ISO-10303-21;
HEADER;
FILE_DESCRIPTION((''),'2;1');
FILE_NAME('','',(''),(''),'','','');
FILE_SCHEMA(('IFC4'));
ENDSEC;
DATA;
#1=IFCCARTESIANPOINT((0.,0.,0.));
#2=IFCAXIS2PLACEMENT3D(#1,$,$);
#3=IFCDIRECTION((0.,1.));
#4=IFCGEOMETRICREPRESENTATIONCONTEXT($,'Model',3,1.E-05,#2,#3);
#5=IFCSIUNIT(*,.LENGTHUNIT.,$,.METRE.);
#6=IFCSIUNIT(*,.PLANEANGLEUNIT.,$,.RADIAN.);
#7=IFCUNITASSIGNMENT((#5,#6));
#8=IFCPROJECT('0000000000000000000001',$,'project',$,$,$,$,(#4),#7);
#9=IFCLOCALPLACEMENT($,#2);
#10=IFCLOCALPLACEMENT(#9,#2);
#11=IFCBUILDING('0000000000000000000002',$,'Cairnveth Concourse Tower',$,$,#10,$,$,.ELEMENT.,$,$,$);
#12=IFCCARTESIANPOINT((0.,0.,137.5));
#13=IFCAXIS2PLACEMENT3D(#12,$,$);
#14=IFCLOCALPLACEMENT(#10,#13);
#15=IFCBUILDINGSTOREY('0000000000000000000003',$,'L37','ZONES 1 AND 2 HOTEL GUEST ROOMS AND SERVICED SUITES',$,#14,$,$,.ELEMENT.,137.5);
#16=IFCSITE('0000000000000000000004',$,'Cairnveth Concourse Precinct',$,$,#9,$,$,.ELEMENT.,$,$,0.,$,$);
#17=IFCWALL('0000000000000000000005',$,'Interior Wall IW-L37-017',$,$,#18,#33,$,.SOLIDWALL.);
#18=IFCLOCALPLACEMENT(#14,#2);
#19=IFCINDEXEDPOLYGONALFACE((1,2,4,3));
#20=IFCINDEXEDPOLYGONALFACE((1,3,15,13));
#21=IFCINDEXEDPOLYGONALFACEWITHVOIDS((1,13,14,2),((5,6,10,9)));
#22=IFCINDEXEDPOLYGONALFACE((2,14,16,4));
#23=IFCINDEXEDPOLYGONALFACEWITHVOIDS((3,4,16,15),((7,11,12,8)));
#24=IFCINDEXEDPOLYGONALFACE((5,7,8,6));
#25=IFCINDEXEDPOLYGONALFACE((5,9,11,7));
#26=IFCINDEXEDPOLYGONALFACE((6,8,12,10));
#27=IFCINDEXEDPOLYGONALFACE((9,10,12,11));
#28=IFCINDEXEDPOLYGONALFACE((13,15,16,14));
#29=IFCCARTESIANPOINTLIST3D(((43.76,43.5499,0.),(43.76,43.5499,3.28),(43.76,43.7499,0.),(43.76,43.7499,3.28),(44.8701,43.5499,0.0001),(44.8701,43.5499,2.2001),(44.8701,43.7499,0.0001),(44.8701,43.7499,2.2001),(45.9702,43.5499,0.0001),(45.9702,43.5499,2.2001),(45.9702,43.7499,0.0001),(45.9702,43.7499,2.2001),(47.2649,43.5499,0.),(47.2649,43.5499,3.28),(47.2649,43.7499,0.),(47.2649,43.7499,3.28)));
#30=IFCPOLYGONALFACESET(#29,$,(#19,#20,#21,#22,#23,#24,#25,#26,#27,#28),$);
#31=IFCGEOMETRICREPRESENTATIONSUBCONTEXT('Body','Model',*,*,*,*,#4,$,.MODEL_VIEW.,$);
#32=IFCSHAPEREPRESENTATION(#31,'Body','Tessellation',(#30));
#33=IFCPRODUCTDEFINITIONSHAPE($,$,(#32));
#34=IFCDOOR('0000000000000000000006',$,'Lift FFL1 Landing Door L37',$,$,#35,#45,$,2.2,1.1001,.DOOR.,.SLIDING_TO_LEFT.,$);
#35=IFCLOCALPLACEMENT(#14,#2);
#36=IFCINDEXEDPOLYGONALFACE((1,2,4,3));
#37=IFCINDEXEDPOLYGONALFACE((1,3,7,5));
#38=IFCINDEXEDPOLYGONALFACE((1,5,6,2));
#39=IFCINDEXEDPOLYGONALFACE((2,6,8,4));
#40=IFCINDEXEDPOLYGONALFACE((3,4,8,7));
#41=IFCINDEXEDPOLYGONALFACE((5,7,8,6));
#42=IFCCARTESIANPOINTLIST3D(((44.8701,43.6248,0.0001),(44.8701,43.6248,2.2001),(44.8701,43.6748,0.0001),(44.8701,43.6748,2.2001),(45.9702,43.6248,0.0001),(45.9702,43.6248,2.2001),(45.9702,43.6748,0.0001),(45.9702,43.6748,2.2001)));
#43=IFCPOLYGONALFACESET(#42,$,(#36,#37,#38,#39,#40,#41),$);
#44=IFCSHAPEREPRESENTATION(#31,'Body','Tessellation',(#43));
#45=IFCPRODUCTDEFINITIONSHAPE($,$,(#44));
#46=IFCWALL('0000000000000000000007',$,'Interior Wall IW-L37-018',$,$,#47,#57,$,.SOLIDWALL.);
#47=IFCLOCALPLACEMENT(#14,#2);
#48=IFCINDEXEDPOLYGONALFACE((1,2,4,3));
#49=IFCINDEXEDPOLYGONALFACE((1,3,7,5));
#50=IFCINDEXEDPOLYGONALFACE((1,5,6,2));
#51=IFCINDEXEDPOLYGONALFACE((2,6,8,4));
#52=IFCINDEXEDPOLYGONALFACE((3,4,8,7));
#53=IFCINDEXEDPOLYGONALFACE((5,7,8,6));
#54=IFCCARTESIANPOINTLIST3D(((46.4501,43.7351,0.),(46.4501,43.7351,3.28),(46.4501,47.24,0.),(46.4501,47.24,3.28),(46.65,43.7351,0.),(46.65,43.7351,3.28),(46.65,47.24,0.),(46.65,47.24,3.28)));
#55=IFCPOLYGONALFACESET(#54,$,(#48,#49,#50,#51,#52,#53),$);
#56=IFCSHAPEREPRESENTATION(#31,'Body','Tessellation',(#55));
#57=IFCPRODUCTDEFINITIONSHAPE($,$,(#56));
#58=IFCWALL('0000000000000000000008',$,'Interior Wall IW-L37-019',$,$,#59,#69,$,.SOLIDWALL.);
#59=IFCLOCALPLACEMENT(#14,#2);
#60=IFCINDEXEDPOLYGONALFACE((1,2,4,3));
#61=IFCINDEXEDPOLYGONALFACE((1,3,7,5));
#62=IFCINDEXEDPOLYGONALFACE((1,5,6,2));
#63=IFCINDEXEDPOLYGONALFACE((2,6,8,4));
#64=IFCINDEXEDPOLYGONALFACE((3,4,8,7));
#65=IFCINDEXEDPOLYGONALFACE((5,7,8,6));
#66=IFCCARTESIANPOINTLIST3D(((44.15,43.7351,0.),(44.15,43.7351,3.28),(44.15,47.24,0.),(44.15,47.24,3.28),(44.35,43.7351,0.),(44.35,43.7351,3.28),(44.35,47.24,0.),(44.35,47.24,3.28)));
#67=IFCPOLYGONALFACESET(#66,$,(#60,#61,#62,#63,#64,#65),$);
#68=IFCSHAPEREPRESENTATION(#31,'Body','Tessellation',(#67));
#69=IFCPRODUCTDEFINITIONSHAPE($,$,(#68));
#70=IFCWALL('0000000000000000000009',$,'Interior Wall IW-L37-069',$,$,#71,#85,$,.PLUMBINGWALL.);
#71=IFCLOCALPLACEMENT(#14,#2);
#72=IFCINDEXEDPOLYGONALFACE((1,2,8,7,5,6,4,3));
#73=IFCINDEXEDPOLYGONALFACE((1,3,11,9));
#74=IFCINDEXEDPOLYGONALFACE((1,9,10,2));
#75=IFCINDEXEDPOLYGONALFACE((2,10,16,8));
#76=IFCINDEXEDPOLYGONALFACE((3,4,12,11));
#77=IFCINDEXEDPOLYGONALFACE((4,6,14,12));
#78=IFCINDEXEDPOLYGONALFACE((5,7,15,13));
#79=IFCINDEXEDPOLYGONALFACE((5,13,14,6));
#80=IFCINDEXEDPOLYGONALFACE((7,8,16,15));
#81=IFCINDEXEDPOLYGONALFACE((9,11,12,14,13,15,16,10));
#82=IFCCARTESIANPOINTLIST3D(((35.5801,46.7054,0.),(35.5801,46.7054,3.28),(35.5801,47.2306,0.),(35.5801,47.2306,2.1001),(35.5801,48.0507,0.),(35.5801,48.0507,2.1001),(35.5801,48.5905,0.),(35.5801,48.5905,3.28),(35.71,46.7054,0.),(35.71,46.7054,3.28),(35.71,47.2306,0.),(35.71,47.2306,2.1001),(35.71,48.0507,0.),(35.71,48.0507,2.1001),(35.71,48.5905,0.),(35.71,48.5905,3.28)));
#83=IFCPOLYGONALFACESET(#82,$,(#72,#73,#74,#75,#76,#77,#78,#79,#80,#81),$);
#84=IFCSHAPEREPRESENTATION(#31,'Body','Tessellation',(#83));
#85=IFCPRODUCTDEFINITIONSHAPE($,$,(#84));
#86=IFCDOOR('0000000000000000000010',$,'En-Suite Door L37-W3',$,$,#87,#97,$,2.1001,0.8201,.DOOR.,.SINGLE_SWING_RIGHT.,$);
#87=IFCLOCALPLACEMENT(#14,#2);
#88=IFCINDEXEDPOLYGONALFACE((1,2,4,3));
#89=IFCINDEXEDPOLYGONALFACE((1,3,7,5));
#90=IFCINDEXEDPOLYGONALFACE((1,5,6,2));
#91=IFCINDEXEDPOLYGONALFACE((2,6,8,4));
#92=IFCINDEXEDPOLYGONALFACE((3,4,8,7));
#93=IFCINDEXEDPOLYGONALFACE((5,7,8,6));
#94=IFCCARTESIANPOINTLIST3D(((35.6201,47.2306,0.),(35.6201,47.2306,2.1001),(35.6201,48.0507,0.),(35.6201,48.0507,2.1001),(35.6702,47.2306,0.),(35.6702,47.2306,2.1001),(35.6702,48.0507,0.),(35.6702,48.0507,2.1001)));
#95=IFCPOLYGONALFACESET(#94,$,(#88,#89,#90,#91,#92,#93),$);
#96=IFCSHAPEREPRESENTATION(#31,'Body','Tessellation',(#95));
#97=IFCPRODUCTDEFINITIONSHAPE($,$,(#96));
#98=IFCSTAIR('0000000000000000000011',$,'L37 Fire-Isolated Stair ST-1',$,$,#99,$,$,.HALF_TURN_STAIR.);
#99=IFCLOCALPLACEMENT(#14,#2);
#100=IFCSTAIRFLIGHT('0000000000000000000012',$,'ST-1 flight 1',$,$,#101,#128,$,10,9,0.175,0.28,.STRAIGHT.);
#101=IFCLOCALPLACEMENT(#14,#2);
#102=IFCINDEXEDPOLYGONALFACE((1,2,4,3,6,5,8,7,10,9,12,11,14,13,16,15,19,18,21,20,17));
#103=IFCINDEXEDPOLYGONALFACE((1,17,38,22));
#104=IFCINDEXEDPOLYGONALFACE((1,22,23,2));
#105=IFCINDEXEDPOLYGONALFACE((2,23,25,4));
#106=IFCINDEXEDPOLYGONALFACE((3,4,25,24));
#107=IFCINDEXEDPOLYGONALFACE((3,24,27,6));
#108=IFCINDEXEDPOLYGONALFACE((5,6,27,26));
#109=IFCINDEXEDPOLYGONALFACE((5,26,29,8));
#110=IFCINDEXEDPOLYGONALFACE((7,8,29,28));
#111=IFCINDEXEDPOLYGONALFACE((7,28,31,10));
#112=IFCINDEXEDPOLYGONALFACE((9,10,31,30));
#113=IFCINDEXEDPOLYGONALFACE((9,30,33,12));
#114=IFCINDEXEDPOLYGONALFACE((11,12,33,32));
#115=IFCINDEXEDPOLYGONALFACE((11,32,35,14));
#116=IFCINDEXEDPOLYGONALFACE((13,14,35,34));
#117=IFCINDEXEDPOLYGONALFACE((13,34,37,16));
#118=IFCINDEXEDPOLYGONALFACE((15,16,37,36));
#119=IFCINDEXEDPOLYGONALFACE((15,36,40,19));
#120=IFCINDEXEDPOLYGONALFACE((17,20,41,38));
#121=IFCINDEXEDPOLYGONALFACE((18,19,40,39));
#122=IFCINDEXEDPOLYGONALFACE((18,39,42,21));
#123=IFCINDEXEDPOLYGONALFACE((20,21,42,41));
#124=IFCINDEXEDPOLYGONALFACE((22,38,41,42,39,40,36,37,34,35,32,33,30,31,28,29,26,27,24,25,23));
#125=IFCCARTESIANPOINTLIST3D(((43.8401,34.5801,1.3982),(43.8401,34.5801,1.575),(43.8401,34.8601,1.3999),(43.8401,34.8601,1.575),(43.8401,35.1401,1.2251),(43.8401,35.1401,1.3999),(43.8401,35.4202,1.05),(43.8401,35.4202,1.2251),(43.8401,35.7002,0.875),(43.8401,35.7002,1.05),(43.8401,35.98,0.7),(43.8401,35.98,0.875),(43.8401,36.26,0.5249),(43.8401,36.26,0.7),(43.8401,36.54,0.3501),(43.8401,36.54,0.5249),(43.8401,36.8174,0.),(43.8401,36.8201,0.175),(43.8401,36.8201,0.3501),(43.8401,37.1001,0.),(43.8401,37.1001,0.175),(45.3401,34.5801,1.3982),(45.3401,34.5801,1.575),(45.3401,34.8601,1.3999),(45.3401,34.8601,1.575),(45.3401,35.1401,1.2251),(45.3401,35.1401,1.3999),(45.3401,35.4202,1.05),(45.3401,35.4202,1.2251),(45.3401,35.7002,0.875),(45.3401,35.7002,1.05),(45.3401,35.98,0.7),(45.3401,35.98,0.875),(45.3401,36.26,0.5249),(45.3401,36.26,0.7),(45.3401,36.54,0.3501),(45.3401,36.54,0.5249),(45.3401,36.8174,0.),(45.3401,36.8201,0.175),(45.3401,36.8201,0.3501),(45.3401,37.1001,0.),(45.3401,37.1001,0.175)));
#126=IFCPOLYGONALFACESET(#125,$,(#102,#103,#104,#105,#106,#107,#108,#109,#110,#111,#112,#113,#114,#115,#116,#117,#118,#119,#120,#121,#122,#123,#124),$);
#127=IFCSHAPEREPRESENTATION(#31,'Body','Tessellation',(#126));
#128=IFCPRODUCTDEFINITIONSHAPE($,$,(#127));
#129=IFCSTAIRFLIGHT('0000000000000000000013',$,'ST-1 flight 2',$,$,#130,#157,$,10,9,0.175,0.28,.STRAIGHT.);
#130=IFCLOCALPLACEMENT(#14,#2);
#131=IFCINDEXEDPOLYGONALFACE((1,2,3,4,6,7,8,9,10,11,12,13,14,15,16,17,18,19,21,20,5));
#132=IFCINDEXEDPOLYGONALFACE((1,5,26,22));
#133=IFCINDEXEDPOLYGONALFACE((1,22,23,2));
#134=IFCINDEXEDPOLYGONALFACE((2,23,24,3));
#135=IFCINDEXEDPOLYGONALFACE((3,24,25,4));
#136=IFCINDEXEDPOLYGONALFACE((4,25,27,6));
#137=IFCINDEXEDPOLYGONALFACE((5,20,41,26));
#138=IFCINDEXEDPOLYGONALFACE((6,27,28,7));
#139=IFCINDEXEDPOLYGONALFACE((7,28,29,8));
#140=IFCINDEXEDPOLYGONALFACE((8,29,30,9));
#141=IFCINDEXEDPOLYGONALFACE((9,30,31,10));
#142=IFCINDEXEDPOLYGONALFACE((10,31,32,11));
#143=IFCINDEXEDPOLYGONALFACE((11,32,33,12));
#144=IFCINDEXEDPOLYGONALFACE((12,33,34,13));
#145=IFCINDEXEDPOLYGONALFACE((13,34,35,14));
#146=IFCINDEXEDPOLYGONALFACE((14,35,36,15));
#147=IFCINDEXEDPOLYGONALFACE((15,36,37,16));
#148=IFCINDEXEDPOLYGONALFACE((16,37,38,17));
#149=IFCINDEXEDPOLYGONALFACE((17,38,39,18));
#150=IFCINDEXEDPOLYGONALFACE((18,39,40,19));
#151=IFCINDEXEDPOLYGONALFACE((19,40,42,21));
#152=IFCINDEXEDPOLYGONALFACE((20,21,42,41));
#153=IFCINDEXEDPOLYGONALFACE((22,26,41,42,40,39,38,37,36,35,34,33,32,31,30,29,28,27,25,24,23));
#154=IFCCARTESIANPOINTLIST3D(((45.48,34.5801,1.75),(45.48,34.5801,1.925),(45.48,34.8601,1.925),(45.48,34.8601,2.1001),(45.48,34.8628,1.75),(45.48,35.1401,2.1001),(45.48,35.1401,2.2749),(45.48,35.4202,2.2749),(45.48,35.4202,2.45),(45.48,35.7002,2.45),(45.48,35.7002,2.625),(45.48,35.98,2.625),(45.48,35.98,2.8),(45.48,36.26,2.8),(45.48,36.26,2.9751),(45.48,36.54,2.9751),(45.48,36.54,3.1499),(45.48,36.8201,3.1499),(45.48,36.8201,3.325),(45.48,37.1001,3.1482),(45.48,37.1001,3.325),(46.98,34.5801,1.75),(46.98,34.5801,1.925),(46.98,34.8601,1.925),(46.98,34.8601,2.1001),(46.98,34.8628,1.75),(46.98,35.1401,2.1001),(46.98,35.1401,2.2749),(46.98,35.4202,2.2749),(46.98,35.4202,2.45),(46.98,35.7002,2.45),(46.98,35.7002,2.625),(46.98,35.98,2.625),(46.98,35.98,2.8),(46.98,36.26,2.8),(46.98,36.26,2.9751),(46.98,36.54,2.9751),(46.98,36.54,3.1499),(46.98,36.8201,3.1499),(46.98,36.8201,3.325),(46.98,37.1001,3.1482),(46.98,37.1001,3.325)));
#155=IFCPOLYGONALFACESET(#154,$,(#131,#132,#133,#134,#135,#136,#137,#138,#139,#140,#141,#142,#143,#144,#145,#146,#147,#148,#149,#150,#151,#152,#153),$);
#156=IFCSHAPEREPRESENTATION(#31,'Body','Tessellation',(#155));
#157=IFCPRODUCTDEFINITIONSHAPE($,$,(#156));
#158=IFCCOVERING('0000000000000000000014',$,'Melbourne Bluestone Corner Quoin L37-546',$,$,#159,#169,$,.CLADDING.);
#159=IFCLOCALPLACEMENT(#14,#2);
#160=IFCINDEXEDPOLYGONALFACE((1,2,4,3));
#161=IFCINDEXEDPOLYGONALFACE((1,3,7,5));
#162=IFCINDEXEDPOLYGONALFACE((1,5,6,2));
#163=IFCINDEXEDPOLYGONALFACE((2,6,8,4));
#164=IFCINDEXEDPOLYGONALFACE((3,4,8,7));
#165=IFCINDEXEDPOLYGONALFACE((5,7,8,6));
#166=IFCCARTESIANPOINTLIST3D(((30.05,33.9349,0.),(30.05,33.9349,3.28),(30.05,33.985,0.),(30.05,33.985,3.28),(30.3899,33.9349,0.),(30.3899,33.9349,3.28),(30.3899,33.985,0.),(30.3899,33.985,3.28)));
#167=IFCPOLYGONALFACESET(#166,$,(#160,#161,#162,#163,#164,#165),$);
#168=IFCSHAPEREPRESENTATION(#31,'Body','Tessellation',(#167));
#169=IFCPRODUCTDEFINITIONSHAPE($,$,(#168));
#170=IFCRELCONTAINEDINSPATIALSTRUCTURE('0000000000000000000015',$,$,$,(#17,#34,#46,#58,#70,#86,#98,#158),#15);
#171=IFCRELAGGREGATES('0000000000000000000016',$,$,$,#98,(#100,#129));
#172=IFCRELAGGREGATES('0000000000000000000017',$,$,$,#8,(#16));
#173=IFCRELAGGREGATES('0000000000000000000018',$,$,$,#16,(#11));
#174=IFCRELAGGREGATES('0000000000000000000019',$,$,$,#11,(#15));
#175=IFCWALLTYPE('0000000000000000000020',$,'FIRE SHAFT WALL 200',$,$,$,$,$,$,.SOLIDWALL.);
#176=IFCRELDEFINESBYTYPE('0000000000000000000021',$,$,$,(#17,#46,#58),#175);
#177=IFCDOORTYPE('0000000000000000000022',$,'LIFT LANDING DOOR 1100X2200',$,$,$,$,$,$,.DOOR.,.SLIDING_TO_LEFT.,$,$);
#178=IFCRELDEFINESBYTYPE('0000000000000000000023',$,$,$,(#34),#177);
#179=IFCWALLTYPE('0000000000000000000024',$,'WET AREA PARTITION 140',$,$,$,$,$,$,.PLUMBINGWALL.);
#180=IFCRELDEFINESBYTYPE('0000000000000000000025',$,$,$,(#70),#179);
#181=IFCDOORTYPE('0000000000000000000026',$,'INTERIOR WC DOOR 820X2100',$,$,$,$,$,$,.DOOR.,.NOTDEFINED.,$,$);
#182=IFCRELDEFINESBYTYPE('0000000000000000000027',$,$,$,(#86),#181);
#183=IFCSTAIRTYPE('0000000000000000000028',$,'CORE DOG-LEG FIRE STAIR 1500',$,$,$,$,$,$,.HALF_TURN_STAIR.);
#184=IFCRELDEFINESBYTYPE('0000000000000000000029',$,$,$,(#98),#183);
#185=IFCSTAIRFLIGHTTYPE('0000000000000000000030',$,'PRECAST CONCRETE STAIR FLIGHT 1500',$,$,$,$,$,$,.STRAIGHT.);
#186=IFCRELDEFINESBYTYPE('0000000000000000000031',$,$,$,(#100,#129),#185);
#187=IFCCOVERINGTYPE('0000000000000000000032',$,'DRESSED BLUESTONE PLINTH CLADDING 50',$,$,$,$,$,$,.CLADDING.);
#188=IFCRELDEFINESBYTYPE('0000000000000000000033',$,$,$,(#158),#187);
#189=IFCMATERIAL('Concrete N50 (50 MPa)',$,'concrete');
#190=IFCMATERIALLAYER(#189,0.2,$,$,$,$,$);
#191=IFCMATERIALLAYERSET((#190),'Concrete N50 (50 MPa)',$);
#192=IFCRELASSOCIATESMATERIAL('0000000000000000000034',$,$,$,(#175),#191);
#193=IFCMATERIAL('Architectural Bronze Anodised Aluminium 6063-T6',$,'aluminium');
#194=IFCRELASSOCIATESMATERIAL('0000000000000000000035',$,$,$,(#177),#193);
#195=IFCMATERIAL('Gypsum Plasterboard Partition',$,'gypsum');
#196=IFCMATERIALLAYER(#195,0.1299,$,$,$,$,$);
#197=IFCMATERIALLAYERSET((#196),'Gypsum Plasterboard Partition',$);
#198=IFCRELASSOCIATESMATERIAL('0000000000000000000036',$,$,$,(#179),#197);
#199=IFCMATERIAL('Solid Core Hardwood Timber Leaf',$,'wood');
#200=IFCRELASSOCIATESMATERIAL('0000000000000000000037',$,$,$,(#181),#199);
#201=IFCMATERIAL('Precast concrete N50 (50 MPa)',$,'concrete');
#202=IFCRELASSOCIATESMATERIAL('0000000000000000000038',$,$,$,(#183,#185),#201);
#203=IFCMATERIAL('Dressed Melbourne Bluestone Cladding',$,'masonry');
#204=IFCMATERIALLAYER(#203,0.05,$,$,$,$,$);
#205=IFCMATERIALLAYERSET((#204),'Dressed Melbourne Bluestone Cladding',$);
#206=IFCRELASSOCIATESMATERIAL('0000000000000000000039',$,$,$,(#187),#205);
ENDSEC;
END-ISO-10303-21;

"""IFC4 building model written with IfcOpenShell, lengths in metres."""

from ifc_helpers import new_model, si_unit, direction, frame, frame_2d, origin, place, context, subcontext, project, spatial, polyline, rectangle, outline, extrude, material, layer, layer_set, type_object, element, fill, aggregate, save


model = new_model("IFC4")

# Units and contexts
model_context = context("Model", 3, precision=1e-05, world=origin(), true_north=direction((0.0, 1.0)))
body_context = subcontext(model_context, "Body", "Model", "MODEL_VIEW")
ifc_project = project(units=[si_unit("LENGTHUNIT", "METRE"), si_unit("PLANEANGLEUNIT", "RADIAN")], contexts=[model_context])

# Site, building, storey
site_placement = place(None, origin())
site = spatial("IfcSite", under=ifc_project, at=site_placement, Name="Cairnveth Concourse Precinct", CompositionType="ELEMENT", RefElevation=0.0)
building_placement = place(site_placement, origin())
building = spatial("IfcBuilding", under=site, at=building_placement, Name="Cairnveth Concourse Tower", CompositionType="ELEMENT")
storey_placement = place(building_placement, frame((0.0, 0.0, 137.5)))
storey = spatial("IfcBuildingStorey", under=building, at=storey_placement, Name="L37", Description="ZONES 1 AND 2 HOTEL GUEST ROOMS AND SERVICED SUITES", CompositionType="ELEMENT", Elevation=137.5)

# Shared definitions
ifc_material_1 = material(Name="Gypsum Plasterboard Partition", Category="gypsum")

# Shared definitions
ifc_material_2 = material(Name="Concrete N50 (50 MPa)", Category="concrete")

# Wall, opening, door
ifc_layer_1 = layer(ifc_material_2, 0.2)
ifc_layer_set_1 = layer_set([ifc_layer_1], Name="Concrete N50 (50 MPa)")
wall_type_1 = type_object("IfcWallType", Name="FIRE SHAFT WALL 200", PredefinedType="SOLIDWALL", material=ifc_layer_set_1)
wall_1_placement = place(storey_placement, frame((43.76, 43.6499, 0.0), z_axis=(0.0, 0.0, 1.0), x_axis=(1.0, 0.0, 0.0)))
wall_1 = element("IfcWall", 1, at=wall_1_placement, inside=storey, type_object=wall_type_1, Name="Interior Wall IW-L37-017", PredefinedType="SOLIDWALL", context=body_context, shape_type="SweptSolid", body=[
    extrude(rectangle(XDim=3.5049, YDim=0.2, at=frame_2d((1.7524, 0.0))), origin(), (0.0, 0.0, 1.0), 3.28),
])
opening_1_placement = place(wall_1_placement, frame((1.1101, 0.0, 0.0)))
opening_1 = element("IfcOpeningElement", 2, at=opening_1_placement, cuts=wall_1, PredefinedType="OPENING", context=body_context, shape_type="SweptSolid", body=[
    extrude(rectangle(XDim=1.1001, YDim=2.2, at=frame_2d((0.55, 1.1001))), frame((0.0, 0.1099, 0.0), z_axis=(0.0, -1.0, 0.0), x_axis=(1.0, 0.0, 0.0)), (0.0, 0.0, 1.0), 0.22),
])
ifc_material_3 = material(Name="Architectural Bronze Anodised Aluminium 6063-T6", Category="aluminium")
door_type_1 = type_object("IfcDoorType", Name="LIFT LANDING DOOR 1100X2200", OperationType="SLIDING_TO_LEFT", PredefinedType="DOOR", material=ifc_material_3)
door_1_placement = place(opening_1_placement, origin())
door_1 = element("IfcDoor", 3, at=door_1_placement, inside=storey, type_object=door_type_1, Name="Lift FFL1 Landing Door L37", OperationType="SLIDING_TO_LEFT", OverallHeight=2.2, OverallWidth=1.1001, PredefinedType="DOOR", context=body_context, shape_type="SweptSolid", body=[
    extrude(rectangle(XDim=1.1001, YDim=2.2, at=frame_2d((0.55, 1.1001))), frame((0.0, 0.0249, 0.0), z_axis=(0.0, -1.0, 0.0), x_axis=(1.0, 0.0, 0.0)), (0.0, 0.0, 1.0), 0.05),
])
fill(opening_1, door_1)

# Walls
for number, where, z_axis, x_axis, name in (
    (4, (46.55, 43.7351, 0.0), (0.0, 0.0, 1.0), (0.0, 1.0, 0.0), "Interior Wall IW-L37-018"),
    (5, (44.25, 43.7351, 0.0), (0.0, 0.0, 1.0), (0.0, 1.0, 0.0), "Interior Wall IW-L37-019"),
):
    element("IfcWall", number, at=place(storey_placement, frame(where, z_axis=z_axis, x_axis=x_axis)), inside=storey, type_object=wall_type_1, Name=name, PredefinedType="SOLIDWALL", context=body_context, shape_type="SweptSolid", body=[
        extrude(rectangle(XDim=3.5049, YDim=0.2, at=frame_2d((1.7524, 0.0))), origin(), (0.0, 0.0, 1.0), 3.28),
    ])

# Wall, opening, door
ifc_layer_2 = layer(ifc_material_1, 0.1299)
ifc_layer_set_2 = layer_set([ifc_layer_2], Name="Gypsum Plasterboard Partition")
wall_type_2 = type_object("IfcWallType", Name="WET AREA PARTITION 140", PredefinedType="PLUMBINGWALL", material=ifc_layer_set_2)
wall_2_placement = place(storey_placement, frame((35.645, 46.7056, 0.0), z_axis=(0.0, 0.0, 1.0), x_axis=(0.0, 1.0, 0.0)))
wall_2 = element("IfcWall", 6, at=wall_2_placement, inside=storey, type_object=wall_type_2, Name="Interior Wall IW-L37-069", PredefinedType="PLUMBINGWALL", context=body_context, shape_type="SweptSolid", body=[
    extrude(rectangle(XDim=1.885, YDim=0.1299, at=frame_2d((0.9424, 0.0))), origin(), (0.0, 0.0, 1.0), 3.28),
])
opening_2_placement = place(wall_2_placement, frame((0.5249, 0.0, 0.0)))
opening_2 = element("IfcOpeningElement", 7, at=opening_2_placement, cuts=wall_2, PredefinedType="OPENING", context=body_context, shape_type="SweptSolid", body=[
    extrude(rectangle(XDim=0.8201, YDim=2.1001, at=frame_2d((0.4102, 1.05))), frame((0.0, 0.075, 0.0), z_axis=(0.0, -1.0, 0.0), x_axis=(1.0, 0.0, 0.0)), (0.0, 0.0, 1.0), 0.1499),
])
ifc_material_4 = material(Name="Solid Core Hardwood Timber Leaf", Category="wood")
door_type_2 = type_object("IfcDoorType", Name="INTERIOR WC DOOR 820X2100", OperationType="NOTDEFINED", PredefinedType="DOOR", material=ifc_material_4)
door_2_placement = place(opening_2_placement, origin())
door_2 = element("IfcDoor", 8, at=door_2_placement, inside=storey, type_object=door_type_2, Name="En-Suite Door L37-W3", OperationType="SINGLE_SWING_RIGHT", OverallHeight=2.1001, OverallWidth=0.8201, PredefinedType="DOOR", context=body_context, shape_type="SweptSolid", body=[
    extrude(rectangle(XDim=0.8201, YDim=2.1001, at=frame_2d((0.4102, 1.05))), frame((0.0, 0.0249, 0.0), z_axis=(0.0, -1.0, 0.0), x_axis=(1.0, 0.0, 0.0)), (0.0, 0.0, 1.0), 0.05),
])
fill(opening_2, door_2)

# Stair, stair flights
ifc_material_5 = material(Name="Precast concrete N50 (50 MPa)", Category="concrete")
stair_type = type_object("IfcStairType", Name="CORE DOG-LEG FIRE STAIR 1500", PredefinedType="HALF_TURN_STAIR", material=ifc_material_5)
stair_placement = place(storey_placement, origin())
stair = element("IfcStair", 9, at=stair_placement, inside=storey, type_object=stair_type, Name="L37 Fire-Isolated Stair ST-1", PredefinedType="HALF_TURN_STAIR")
stair_flight_type = type_object("IfcStairFlightType", Name="PRECAST CONCRETE STAIR FLIGHT 1500", PredefinedType="STRAIGHT", material=ifc_material_5)
stair_flight_1_placement = place(storey_placement, frame((44.5901, 37.1001, 0.0), z_axis=(0.0, 0.0, 1.0), x_axis=(0.0, -1.0, 0.0)))
stair_flight_1 = element("IfcStairFlight", 10, at=stair_flight_1_placement, type_object=stair_flight_type, Name="ST-1 flight 1", NumberOfRisers=10, NumberOfTreads=9, PredefinedType="STRAIGHT", RiserHeight=0.175, TreadLength=0.28, context=body_context, shape_type="SweptSolid", body=[
    extrude(outline(polyline([(0.0, 0.0), (0.0, 0.175), (0.28, 0.175), (0.28, 0.3501), (0.5601, 0.3501), (0.5601, 0.5249), (0.8401, 0.5249), (0.8401, 0.7), (1.1201, 0.7), (1.1201, 0.875), (1.3999, 0.875), (1.3999, 1.05), (1.6799, 1.05), (1.6799, 1.2251), (1.96, 1.2251), (1.96, 1.3999), (2.24, 1.3999), (2.24, 1.575), (2.52, 1.575), (2.52, 1.75), (2.52, 1.3982), (0.2827, 0.0), (0.0, 0.0)])), frame((0.0, 0.75, 0.0), z_axis=(0.0, -1.0, 0.0), x_axis=(1.0, 0.0, 0.0)), (0.0, 0.0, 1.0), 1.5),
])
stair_flight_2_placement = place(storey_placement, frame((46.23, 34.5801, 1.75), z_axis=(0.0, 0.0, 1.0), x_axis=(0.0, 1.0, 0.0)))
stair_flight_2 = element("IfcStairFlight", 11, at=stair_flight_2_placement, type_object=stair_flight_type, Name="ST-1 flight 2", NumberOfRisers=10, NumberOfTreads=9, PredefinedType="STRAIGHT", RiserHeight=0.175, TreadLength=0.28, context=body_context, shape_type="SweptSolid", body=[
    extrude(outline(polyline([(0.0, 0.0), (0.0, 0.175), (0.28, 0.175), (0.28, 0.3501), (0.5601, 0.3501), (0.5601, 0.5249), (0.8401, 0.5249), (0.8401, 0.7), (1.1201, 0.7), (1.1201, 0.875), (1.3999, 0.875), (1.3999, 1.05), (1.6799, 1.05), (1.6799, 1.2251), (1.96, 1.2251), (1.96, 1.3999), (2.24, 1.3999), (2.24, 1.575), (2.52, 1.575), (2.52, 1.75), (2.52, 1.3982), (0.2827, 0.0), (0.0, 0.0)])), frame((0.0, 0.75, 0.0), z_axis=(0.0, -1.0, 0.0), x_axis=(1.0, 0.0, 0.0)), (0.0, 0.0, 1.0), 1.5),
])
aggregate(stair, [stair_flight_1, stair_flight_2])

# Covering
ifc_material_6 = material(Name="Dressed Melbourne Bluestone Cladding", Category="masonry")
ifc_layer_3 = layer(ifc_material_6, 0.05)
ifc_layer_set_3 = layer_set([ifc_layer_3], Name="Dressed Melbourne Bluestone Cladding")
covering_type = type_object("IfcCoveringType", Name="DRESSED BLUESTONE PLINTH CLADDING 50", PredefinedType="CLADDING", material=ifc_layer_set_3)
covering_placement = place(storey_placement, frame((30.3899, 33.96, 0.0), z_axis=(0.0, 0.0, 1.0), x_axis=(-1.0, 0.0, 0.0)))
element("IfcCovering", 12, at=covering_placement, inside=storey, type_object=covering_type, Name="Melbourne Bluestone Corner Quoin L37-546", PredefinedType="CLADDING", context=body_context, shape_type="SweptSolid", body=[
    extrude(rectangle(XDim=0.3398, YDim=0.05, at=frame_2d((0.1699, 0.0))), origin(), (0.0, 0.0, 1.0), 3.28),
])

save(model, "model.ifc")
